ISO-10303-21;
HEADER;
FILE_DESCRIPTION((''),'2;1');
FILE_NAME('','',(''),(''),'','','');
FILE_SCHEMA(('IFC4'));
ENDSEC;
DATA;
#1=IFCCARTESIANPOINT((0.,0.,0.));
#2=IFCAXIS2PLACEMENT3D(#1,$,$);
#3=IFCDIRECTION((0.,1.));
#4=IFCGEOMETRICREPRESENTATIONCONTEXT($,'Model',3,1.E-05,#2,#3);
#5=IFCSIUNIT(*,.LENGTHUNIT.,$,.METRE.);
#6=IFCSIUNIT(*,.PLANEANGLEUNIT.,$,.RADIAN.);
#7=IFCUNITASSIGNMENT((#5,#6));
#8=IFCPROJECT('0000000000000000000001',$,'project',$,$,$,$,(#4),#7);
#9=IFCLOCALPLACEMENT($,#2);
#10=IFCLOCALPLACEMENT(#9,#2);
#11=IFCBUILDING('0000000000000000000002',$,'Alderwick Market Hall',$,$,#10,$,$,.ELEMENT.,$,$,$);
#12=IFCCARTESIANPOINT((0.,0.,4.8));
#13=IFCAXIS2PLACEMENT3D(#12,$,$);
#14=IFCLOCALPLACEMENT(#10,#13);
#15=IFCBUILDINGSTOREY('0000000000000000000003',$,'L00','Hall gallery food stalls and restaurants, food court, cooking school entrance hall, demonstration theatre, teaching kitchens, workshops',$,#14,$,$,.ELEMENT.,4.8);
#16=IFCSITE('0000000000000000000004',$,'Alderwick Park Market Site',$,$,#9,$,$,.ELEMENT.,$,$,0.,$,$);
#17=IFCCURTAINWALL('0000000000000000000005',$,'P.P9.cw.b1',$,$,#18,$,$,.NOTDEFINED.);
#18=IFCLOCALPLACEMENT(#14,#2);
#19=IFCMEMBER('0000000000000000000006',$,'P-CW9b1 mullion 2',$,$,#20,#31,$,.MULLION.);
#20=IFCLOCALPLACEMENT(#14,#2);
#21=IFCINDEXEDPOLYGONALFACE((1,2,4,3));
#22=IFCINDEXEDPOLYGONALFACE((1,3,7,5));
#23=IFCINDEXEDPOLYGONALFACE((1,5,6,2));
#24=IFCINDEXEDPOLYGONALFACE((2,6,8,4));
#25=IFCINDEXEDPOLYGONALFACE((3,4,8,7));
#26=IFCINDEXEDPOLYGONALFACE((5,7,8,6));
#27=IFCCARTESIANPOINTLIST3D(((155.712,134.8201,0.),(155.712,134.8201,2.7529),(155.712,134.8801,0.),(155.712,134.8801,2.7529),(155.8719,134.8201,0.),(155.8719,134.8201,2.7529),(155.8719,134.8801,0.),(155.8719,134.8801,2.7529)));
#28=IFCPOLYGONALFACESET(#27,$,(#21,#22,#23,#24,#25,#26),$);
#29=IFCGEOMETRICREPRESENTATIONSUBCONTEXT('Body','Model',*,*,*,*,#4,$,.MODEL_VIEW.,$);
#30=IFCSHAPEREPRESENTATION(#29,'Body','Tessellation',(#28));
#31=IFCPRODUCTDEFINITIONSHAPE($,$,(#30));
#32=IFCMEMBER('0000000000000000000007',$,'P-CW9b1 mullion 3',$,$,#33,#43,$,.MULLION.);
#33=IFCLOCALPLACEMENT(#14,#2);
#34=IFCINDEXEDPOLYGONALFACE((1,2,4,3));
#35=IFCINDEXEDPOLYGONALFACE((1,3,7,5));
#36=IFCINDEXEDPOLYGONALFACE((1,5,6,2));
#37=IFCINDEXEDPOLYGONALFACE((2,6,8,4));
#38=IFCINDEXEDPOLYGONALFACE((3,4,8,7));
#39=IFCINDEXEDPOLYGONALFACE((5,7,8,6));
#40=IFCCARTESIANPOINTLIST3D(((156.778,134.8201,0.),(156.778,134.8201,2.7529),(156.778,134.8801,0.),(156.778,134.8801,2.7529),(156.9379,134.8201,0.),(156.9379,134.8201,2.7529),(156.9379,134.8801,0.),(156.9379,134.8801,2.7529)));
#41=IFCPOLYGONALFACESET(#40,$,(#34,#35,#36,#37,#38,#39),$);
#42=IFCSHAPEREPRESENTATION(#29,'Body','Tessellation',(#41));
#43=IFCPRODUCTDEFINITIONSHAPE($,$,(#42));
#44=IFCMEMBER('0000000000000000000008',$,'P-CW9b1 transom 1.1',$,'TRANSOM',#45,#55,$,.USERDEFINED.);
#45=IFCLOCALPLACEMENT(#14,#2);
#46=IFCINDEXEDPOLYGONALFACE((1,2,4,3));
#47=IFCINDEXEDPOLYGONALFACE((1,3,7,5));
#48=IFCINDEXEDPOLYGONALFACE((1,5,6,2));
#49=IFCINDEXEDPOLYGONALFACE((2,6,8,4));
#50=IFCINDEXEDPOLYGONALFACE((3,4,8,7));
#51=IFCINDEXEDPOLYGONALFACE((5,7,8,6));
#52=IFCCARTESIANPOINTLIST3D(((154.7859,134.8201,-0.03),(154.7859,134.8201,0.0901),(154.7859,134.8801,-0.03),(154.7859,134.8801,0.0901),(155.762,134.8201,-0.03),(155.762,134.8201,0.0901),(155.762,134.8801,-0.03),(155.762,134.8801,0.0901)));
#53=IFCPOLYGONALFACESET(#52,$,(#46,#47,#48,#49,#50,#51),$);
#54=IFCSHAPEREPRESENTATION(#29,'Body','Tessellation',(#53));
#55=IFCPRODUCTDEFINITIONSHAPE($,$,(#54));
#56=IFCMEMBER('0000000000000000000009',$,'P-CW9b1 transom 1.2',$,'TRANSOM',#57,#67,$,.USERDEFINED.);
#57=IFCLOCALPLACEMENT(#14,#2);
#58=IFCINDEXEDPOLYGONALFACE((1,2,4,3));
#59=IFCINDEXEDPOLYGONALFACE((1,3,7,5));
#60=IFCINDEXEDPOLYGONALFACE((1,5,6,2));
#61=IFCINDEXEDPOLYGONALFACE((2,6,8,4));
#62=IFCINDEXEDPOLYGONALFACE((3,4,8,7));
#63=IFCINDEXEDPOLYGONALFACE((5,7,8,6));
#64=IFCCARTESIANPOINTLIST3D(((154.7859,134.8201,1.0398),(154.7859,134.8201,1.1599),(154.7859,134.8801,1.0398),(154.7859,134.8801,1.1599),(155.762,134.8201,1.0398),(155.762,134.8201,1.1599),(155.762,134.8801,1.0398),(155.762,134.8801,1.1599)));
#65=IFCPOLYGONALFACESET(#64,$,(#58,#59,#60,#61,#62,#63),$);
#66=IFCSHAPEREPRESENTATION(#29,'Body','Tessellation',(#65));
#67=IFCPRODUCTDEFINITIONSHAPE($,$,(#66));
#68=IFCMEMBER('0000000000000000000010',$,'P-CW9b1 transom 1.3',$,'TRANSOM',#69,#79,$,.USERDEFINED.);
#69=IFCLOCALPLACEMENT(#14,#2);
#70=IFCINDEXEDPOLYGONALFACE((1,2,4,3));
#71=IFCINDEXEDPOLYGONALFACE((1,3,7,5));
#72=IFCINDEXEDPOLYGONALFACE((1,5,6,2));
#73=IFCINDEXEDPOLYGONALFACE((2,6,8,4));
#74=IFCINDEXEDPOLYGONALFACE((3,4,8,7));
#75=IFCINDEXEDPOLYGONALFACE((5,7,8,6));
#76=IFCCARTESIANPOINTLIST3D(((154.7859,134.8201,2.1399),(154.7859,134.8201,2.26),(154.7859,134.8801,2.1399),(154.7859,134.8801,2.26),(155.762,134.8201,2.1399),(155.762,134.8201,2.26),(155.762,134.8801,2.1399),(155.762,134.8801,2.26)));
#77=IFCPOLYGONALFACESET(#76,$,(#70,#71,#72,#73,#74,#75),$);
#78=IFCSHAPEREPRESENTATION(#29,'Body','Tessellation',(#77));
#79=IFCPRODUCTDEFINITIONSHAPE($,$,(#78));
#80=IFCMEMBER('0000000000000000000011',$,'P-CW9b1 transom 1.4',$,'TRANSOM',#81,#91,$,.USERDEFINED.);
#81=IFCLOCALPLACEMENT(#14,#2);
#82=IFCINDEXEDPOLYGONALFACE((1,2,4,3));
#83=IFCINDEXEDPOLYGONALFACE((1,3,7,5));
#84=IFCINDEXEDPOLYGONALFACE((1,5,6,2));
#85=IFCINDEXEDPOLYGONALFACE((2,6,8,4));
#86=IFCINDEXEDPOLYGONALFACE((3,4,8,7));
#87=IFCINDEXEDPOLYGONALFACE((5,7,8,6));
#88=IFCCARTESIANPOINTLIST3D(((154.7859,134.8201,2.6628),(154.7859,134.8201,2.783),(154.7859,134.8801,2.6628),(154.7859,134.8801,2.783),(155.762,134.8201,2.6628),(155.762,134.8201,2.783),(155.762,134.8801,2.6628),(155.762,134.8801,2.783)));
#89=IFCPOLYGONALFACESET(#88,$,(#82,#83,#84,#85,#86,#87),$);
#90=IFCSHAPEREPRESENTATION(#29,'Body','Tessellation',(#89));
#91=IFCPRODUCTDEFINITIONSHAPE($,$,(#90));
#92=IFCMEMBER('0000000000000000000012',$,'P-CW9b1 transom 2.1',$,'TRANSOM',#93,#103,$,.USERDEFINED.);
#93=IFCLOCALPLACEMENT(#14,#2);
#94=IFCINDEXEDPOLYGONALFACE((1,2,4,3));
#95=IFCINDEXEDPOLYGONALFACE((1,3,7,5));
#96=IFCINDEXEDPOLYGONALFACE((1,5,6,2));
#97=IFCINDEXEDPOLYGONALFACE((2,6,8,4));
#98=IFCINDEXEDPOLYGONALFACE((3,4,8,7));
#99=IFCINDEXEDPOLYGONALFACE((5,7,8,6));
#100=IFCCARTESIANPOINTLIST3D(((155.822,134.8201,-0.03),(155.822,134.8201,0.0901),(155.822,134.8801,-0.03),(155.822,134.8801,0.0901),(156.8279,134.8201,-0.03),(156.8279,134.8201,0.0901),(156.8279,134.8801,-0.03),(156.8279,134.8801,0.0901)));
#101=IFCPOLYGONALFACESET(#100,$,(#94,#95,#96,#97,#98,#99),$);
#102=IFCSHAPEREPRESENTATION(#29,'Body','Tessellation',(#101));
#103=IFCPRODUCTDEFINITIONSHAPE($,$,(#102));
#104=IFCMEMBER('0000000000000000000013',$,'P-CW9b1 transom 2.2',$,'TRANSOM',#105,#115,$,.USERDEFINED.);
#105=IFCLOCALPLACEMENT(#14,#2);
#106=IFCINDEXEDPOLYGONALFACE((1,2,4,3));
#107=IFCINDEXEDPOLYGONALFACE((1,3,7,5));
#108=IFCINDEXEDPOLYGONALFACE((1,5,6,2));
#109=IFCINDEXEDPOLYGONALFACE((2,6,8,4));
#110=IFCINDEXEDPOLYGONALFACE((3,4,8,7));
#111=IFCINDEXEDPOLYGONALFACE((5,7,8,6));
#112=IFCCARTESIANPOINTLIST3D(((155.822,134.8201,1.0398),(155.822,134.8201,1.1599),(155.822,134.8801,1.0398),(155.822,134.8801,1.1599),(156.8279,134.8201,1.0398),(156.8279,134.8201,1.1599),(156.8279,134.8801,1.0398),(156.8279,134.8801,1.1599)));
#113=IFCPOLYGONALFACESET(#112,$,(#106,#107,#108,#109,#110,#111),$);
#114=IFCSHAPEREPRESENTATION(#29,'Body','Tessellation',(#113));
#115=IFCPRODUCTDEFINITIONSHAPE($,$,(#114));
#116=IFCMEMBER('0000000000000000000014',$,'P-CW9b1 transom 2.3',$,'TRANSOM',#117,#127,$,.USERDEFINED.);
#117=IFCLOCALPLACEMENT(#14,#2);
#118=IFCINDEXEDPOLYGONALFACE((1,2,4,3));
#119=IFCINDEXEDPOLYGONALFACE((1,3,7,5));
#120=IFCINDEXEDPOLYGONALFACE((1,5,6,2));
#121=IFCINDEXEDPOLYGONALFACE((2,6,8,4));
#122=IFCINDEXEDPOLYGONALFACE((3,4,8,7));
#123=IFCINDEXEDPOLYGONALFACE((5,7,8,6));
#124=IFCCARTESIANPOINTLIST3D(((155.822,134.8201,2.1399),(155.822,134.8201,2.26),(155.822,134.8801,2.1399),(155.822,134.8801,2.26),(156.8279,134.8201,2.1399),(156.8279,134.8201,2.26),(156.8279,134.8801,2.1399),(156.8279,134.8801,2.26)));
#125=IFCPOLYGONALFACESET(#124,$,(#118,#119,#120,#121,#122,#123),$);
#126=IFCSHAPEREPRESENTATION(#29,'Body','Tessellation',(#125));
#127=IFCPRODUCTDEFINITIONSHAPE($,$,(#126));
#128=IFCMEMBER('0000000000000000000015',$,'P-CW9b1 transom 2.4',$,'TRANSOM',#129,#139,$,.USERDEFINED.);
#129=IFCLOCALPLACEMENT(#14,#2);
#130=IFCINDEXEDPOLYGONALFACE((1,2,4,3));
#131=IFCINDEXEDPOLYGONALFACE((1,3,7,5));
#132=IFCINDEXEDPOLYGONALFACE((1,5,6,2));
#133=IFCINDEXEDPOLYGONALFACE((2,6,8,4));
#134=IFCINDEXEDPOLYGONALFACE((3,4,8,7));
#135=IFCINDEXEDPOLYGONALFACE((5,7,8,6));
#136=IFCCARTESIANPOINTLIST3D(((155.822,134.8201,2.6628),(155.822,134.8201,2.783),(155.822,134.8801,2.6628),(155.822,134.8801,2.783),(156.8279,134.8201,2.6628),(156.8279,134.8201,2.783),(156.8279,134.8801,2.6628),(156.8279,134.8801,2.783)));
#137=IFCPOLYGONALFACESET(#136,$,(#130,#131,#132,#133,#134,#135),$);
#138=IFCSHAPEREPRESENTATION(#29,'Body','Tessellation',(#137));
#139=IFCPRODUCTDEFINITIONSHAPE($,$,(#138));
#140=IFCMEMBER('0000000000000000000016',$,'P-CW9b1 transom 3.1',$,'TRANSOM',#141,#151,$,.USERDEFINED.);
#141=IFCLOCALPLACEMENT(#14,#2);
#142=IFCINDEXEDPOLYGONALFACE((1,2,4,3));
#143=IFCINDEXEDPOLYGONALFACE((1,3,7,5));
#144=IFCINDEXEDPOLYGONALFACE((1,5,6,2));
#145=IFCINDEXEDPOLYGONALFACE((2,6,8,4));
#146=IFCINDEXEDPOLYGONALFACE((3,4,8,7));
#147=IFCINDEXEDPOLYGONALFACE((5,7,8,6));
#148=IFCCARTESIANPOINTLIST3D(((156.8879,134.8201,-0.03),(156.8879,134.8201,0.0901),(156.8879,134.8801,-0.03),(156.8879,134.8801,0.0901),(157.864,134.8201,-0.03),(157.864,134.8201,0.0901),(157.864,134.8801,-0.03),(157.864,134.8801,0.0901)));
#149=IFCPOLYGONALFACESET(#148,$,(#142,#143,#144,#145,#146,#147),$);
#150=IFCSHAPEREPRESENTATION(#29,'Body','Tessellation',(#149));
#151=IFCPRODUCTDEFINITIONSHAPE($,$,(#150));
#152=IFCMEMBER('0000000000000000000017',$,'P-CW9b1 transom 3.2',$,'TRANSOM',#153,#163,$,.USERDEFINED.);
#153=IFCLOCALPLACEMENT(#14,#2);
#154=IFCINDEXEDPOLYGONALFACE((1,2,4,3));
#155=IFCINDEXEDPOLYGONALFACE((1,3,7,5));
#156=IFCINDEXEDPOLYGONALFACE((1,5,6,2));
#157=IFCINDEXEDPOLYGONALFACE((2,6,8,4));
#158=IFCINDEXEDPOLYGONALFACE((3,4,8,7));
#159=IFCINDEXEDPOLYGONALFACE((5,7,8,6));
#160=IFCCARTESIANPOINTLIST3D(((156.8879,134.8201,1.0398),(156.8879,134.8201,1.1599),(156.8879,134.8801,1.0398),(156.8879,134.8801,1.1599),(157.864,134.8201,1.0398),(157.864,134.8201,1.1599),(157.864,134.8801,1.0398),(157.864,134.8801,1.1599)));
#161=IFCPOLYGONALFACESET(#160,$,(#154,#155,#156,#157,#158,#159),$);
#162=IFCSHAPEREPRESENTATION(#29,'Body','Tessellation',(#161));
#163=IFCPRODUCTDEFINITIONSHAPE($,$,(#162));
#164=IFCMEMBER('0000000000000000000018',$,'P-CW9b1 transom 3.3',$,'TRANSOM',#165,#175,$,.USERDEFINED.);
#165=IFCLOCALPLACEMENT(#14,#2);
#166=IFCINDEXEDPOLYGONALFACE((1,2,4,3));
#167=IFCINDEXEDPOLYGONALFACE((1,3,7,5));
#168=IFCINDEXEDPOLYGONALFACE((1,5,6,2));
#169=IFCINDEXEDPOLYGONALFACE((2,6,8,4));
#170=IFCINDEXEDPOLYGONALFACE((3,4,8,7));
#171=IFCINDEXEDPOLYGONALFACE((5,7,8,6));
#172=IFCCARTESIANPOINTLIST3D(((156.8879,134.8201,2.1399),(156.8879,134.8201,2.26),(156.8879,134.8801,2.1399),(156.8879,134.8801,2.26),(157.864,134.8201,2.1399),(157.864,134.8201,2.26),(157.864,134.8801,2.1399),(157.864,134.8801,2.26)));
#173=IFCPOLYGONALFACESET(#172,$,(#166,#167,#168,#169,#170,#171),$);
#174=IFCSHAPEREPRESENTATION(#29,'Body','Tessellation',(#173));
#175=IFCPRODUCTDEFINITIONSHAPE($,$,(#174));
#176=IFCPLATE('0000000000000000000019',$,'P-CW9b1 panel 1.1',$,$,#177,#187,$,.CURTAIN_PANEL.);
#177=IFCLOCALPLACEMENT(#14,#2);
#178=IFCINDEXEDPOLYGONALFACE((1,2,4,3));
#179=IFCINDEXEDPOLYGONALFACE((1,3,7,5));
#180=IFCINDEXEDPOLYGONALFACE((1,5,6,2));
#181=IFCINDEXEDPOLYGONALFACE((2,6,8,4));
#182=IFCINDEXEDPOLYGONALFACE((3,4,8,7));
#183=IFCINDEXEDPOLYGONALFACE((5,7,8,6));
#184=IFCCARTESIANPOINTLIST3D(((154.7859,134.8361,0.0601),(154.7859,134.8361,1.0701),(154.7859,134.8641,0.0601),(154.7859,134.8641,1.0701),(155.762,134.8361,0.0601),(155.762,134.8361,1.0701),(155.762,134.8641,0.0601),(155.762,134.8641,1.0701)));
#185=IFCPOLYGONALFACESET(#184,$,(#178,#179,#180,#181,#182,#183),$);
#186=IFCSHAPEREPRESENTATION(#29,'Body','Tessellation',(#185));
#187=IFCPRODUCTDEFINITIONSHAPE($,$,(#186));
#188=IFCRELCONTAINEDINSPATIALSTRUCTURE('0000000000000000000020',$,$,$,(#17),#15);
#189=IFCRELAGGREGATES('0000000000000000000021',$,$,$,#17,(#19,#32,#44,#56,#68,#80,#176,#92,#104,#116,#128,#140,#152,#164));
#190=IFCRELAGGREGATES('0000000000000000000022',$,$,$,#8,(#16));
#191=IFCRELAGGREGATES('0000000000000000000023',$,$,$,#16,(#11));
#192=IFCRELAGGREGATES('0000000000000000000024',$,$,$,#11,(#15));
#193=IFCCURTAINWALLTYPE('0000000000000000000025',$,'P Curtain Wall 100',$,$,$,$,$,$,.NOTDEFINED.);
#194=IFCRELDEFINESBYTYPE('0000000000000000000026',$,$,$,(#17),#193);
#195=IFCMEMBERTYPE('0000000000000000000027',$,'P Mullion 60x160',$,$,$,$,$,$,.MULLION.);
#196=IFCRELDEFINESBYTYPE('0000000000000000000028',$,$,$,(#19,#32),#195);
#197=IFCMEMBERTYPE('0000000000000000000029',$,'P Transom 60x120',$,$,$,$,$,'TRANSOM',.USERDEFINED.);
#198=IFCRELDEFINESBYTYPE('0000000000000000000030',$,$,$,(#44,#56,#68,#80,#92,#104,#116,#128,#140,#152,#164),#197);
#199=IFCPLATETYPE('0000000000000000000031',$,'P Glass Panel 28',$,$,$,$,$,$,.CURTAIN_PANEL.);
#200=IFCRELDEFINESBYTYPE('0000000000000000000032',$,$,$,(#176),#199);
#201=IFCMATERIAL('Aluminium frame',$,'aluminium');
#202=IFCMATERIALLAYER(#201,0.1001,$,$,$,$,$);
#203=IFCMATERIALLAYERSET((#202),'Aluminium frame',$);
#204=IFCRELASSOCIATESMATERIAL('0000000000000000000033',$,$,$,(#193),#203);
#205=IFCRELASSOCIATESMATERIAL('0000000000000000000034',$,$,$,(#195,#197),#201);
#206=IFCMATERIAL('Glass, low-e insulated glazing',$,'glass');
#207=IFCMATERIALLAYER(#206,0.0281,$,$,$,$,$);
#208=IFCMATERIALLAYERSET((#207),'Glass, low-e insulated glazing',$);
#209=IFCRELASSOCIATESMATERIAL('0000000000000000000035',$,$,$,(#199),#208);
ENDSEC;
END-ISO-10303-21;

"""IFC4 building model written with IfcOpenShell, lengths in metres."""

from ifc_helpers import new_model, si_unit, direction, frame, origin, origin_2d, place, context, subcontext, project, spatial, rectangle, extrude, material, layer, layer_set, material_profile, profile_set, type_object, element, aggregate, save


model = new_model("IFC4")

# Units and contexts
model_context = context("Model", 3, precision=1e-05, world=origin(), true_north=direction((0.0, 1.0)))
body_context = subcontext(model_context, "Body", "Model", "MODEL_VIEW")
ifc_project = project(units=[si_unit("LENGTHUNIT", "METRE"), si_unit("PLANEANGLEUNIT", "RADIAN")], contexts=[model_context])

# Site, building, storey
site_placement = place(None, origin())
site = spatial("IfcSite", under=ifc_project, at=site_placement, Name="Alderwick Park Market Site", CompositionType="ELEMENT", RefElevation=0.0)
building_placement = place(site_placement, origin())
building = spatial("IfcBuilding", under=site, at=building_placement, Name="Alderwick Market Hall", CompositionType="ELEMENT")
storey_placement = place(building_placement, frame((0.0, 0.0, 4.8)))
storey = spatial("IfcBuildingStorey", under=building, at=storey_placement, Name="L00", Description="Hall gallery food stalls and restaurants, food court, cooking school entrance hall, demonstration theatre, teaching kitchens, workshops", CompositionType="ELEMENT", Elevation=4.8)

# Curtain wall, members, plate
ifc_material_1 = material(Name="Aluminium frame", Category="aluminium")
ifc_layer_1 = layer(ifc_material_1, 0.1001)
ifc_layer_set_1 = layer_set([ifc_layer_1], Name="Aluminium frame")
curtain_wall_type = type_object("IfcCurtainWallType", Name="P Curtain Wall 100", PredefinedType="NOTDEFINED", material=ifc_layer_set_1)
curtain_wall_placement = place(storey_placement, origin())
curtain_wall = element("IfcCurtainWall", 1, at=curtain_wall_placement, inside=storey, type_object=curtain_wall_type, Name="P.P9.cw.b1", PredefinedType="NOTDEFINED")
ifc_material_profile_1 = material_profile(ifc_material_1, rectangle(XDim=0.0601, YDim=0.1599, at=origin_2d()), Name="P Mullion 60x160")
ifc_profile_set_1 = profile_set([ifc_material_profile_1], Name="Aluminium frame")
member_type_1 = type_object("IfcMemberType", Name="P Mullion 60x160", PredefinedType="MULLION", material=ifc_profile_set_1)
member_1_placement = place(storey_placement, frame((155.792, 134.8501, 0.0), z_axis=(0.0, 0.0, 1.0), x_axis=(0.0, 1.0, 0.0)))
member_1 = element("IfcMember", 2, at=member_1_placement, type_object=member_type_1, Name="P-CW9b1 mullion 2", PredefinedType="MULLION", context=body_context, shape_type="SweptSolid", body=[
    extrude(rectangle(XDim=0.0601, YDim=0.1599, at=origin_2d()), origin(), (0.0, 0.0, 1.0), 2.7529),
])
member_2_placement = place(storey_placement, frame((156.8579, 134.8501, 0.0), z_axis=(0.0, 0.0, 1.0), x_axis=(0.0, 1.0, 0.0)))
member_2 = element("IfcMember", 3, at=member_2_placement, type_object=member_type_1, Name="P-CW9b1 mullion 3", PredefinedType="MULLION", context=body_context, shape_type="SweptSolid", body=[
    extrude(rectangle(XDim=0.0601, YDim=0.1599, at=origin_2d()), origin(), (0.0, 0.0, 1.0), 2.7529),
])
ifc_material_profile_2 = material_profile(ifc_material_1, rectangle(XDim=0.0601, YDim=0.1201, at=origin_2d()), Name="P Transom 60x120")
ifc_profile_set_2 = profile_set([ifc_material_profile_2], Name="Aluminium frame")
member_type_2 = type_object("IfcMemberType", Name="P Transom 60x120", ElementType="TRANSOM", PredefinedType="USERDEFINED", material=ifc_profile_set_2)
member_3_placement = place(storey_placement, frame((154.7859, 134.8501, 0.03), z_axis=(1.0, 0.0, 0.0), x_axis=(0.0, 1.0, 0.0)))
member_3 = element("IfcMember", 4, at=member_3_placement, type_object=member_type_2, Name="P-CW9b1 transom 1.1", ObjectType="TRANSOM", PredefinedType="USERDEFINED", context=body_context, shape_type="SweptSolid", body=[
    extrude(rectangle(XDim=0.0601, YDim=0.1201, at=origin_2d()), origin(), (0.0, 0.0, 1.0), 0.9761),
])
member_4_placement = place(storey_placement, frame((154.7859, 134.8501, 1.0999), z_axis=(1.0, 0.0, 0.0), x_axis=(0.0, 1.0, 0.0)))
member_4 = element("IfcMember", 5, at=member_4_placement, type_object=member_type_2, Name="P-CW9b1 transom 1.2", ObjectType="TRANSOM", PredefinedType="USERDEFINED", context=body_context, shape_type="SweptSolid", body=[
    extrude(rectangle(XDim=0.0601, YDim=0.1201, at=origin_2d()), origin(), (0.0, 0.0, 1.0), 0.9761),
])
member_5_placement = place(storey_placement, frame((154.7859, 134.8501, 2.2), z_axis=(1.0, 0.0, 0.0), x_axis=(0.0, 1.0, 0.0)))
member_5 = element("IfcMember", 6, at=member_5_placement, type_object=member_type_2, Name="P-CW9b1 transom 1.3", ObjectType="TRANSOM", PredefinedType="USERDEFINED", context=body_context, shape_type="SweptSolid", body=[
    extrude(rectangle(XDim=0.0601, YDim=0.1201, at=origin_2d()), origin(), (0.0, 0.0, 1.0), 0.9761),
])
member_6_placement = place(storey_placement, frame((154.7859, 134.8501, 2.7229), z_axis=(1.0, 0.0, 0.0), x_axis=(0.0, 1.0, 0.0)))
member_6 = element("IfcMember", 7, at=member_6_placement, type_object=member_type_2, Name="P-CW9b1 transom 1.4", ObjectType="TRANSOM", PredefinedType="USERDEFINED", context=body_context, shape_type="SweptSolid", body=[
    extrude(rectangle(XDim=0.0601, YDim=0.1201, at=origin_2d()), origin(), (0.0, 0.0, 1.0), 0.9761),
])
member_7_placement = place(storey_placement, frame((155.822, 134.8501, 0.03), z_axis=(1.0, 0.0, 0.0), x_axis=(0.0, 1.0, 0.0)))
member_7 = element("IfcMember", 8, at=member_7_placement, type_object=member_type_2, Name="P-CW9b1 transom 2.1", ObjectType="TRANSOM", PredefinedType="USERDEFINED", context=body_context, shape_type="SweptSolid", body=[
    extrude(rectangle(XDim=0.0601, YDim=0.1201, at=origin_2d()), origin(), (0.0, 0.0, 1.0), 1.0059),
])
member_8_placement = place(storey_placement, frame((155.822, 134.8501, 1.0999), z_axis=(1.0, 0.0, 0.0), x_axis=(0.0, 1.0, 0.0)))
member_8 = element("IfcMember", 9, at=member_8_placement, type_object=member_type_2, Name="P-CW9b1 transom 2.2", ObjectType="TRANSOM", PredefinedType="USERDEFINED", context=body_context, shape_type="SweptSolid", body=[
    extrude(rectangle(XDim=0.0601, YDim=0.1201, at=origin_2d()), origin(), (0.0, 0.0, 1.0), 1.0059),
])
member_9_placement = place(storey_placement, frame((155.822, 134.8501, 2.2), z_axis=(1.0, 0.0, 0.0), x_axis=(0.0, 1.0, 0.0)))
member_9 = element("IfcMember", 10, at=member_9_placement, type_object=member_type_2, Name="P-CW9b1 transom 2.3", ObjectType="TRANSOM", PredefinedType="USERDEFINED", context=body_context, shape_type="SweptSolid", body=[
    extrude(rectangle(XDim=0.0601, YDim=0.1201, at=origin_2d()), origin(), (0.0, 0.0, 1.0), 1.0059),
])
member_10_placement = place(storey_placement, frame((155.822, 134.8501, 2.7229), z_axis=(1.0, 0.0, 0.0), x_axis=(0.0, 1.0, 0.0)))
member_10 = element("IfcMember", 11, at=member_10_placement, type_object=member_type_2, Name="P-CW9b1 transom 2.4", ObjectType="TRANSOM", PredefinedType="USERDEFINED", context=body_context, shape_type="SweptSolid", body=[
    extrude(rectangle(XDim=0.0601, YDim=0.1201, at=origin_2d()), origin(), (0.0, 0.0, 1.0), 1.0059),
])
member_11_placement = place(storey_placement, frame((156.8879, 134.8501, 0.03), z_axis=(1.0, 0.0, 0.0), x_axis=(0.0, 1.0, 0.0)))
member_11 = element("IfcMember", 12, at=member_11_placement, type_object=member_type_2, Name="P-CW9b1 transom 3.1", ObjectType="TRANSOM", PredefinedType="USERDEFINED", context=body_context, shape_type="SweptSolid", body=[
    extrude(rectangle(XDim=0.0601, YDim=0.1201, at=origin_2d()), origin(), (0.0, 0.0, 1.0), 0.9761),
])
member_12_placement = place(storey_placement, frame((156.8879, 134.8501, 1.0999), z_axis=(1.0, 0.0, 0.0), x_axis=(0.0, 1.0, 0.0)))
member_12 = element("IfcMember", 13, at=member_12_placement, type_object=member_type_2, Name="P-CW9b1 transom 3.2", ObjectType="TRANSOM", PredefinedType="USERDEFINED", context=body_context, shape_type="SweptSolid", body=[
    extrude(rectangle(XDim=0.0601, YDim=0.1201, at=origin_2d()), origin(), (0.0, 0.0, 1.0), 0.9761),
])
member_13_placement = place(storey_placement, frame((156.8879, 134.8501, 2.2), z_axis=(1.0, 0.0, 0.0), x_axis=(0.0, 1.0, 0.0)))
member_13 = element("IfcMember", 14, at=member_13_placement, type_object=member_type_2, Name="P-CW9b1 transom 3.3", ObjectType="TRANSOM", PredefinedType="USERDEFINED", context=body_context, shape_type="SweptSolid", body=[
    extrude(rectangle(XDim=0.0601, YDim=0.1201, at=origin_2d()), origin(), (0.0, 0.0, 1.0), 0.9761),
])
ifc_material_2 = material(Name="Glass, low-e insulated glazing", Category="glass")
ifc_layer_2 = layer(ifc_material_2, 0.0281)
ifc_layer_set_2 = layer_set([ifc_layer_2], Name="Glass, low-e insulated glazing")
plate_type = type_object("IfcPlateType", Name="P Glass Panel 28", PredefinedType="CURTAIN_PANEL", material=ifc_layer_set_2)
plate_1_placement = place(storey_placement, frame((155.2739, 134.8501, 0.0601), z_axis=(0.0, 0.0, 1.0), x_axis=(1.0, 0.0, 0.0)))
plate_1 = element("IfcPlate", 15, at=plate_1_placement, type_object=plate_type, Name="P-CW9b1 panel 1.1", PredefinedType="CURTAIN_PANEL", context=body_context, shape_type="SweptSolid", body=[
    extrude(rectangle(XDim=0.9761, YDim=0.0281, at=origin_2d()), origin(), (0.0, 0.0, 1.0), 1.01),
])
aggregate(curtain_wall, [member_1, member_2, member_3, member_4, member_5, member_6, plate_1, member_7, member_8, member_9, member_10, member_11, member_12, member_13])

save(model, "model.ifc")
